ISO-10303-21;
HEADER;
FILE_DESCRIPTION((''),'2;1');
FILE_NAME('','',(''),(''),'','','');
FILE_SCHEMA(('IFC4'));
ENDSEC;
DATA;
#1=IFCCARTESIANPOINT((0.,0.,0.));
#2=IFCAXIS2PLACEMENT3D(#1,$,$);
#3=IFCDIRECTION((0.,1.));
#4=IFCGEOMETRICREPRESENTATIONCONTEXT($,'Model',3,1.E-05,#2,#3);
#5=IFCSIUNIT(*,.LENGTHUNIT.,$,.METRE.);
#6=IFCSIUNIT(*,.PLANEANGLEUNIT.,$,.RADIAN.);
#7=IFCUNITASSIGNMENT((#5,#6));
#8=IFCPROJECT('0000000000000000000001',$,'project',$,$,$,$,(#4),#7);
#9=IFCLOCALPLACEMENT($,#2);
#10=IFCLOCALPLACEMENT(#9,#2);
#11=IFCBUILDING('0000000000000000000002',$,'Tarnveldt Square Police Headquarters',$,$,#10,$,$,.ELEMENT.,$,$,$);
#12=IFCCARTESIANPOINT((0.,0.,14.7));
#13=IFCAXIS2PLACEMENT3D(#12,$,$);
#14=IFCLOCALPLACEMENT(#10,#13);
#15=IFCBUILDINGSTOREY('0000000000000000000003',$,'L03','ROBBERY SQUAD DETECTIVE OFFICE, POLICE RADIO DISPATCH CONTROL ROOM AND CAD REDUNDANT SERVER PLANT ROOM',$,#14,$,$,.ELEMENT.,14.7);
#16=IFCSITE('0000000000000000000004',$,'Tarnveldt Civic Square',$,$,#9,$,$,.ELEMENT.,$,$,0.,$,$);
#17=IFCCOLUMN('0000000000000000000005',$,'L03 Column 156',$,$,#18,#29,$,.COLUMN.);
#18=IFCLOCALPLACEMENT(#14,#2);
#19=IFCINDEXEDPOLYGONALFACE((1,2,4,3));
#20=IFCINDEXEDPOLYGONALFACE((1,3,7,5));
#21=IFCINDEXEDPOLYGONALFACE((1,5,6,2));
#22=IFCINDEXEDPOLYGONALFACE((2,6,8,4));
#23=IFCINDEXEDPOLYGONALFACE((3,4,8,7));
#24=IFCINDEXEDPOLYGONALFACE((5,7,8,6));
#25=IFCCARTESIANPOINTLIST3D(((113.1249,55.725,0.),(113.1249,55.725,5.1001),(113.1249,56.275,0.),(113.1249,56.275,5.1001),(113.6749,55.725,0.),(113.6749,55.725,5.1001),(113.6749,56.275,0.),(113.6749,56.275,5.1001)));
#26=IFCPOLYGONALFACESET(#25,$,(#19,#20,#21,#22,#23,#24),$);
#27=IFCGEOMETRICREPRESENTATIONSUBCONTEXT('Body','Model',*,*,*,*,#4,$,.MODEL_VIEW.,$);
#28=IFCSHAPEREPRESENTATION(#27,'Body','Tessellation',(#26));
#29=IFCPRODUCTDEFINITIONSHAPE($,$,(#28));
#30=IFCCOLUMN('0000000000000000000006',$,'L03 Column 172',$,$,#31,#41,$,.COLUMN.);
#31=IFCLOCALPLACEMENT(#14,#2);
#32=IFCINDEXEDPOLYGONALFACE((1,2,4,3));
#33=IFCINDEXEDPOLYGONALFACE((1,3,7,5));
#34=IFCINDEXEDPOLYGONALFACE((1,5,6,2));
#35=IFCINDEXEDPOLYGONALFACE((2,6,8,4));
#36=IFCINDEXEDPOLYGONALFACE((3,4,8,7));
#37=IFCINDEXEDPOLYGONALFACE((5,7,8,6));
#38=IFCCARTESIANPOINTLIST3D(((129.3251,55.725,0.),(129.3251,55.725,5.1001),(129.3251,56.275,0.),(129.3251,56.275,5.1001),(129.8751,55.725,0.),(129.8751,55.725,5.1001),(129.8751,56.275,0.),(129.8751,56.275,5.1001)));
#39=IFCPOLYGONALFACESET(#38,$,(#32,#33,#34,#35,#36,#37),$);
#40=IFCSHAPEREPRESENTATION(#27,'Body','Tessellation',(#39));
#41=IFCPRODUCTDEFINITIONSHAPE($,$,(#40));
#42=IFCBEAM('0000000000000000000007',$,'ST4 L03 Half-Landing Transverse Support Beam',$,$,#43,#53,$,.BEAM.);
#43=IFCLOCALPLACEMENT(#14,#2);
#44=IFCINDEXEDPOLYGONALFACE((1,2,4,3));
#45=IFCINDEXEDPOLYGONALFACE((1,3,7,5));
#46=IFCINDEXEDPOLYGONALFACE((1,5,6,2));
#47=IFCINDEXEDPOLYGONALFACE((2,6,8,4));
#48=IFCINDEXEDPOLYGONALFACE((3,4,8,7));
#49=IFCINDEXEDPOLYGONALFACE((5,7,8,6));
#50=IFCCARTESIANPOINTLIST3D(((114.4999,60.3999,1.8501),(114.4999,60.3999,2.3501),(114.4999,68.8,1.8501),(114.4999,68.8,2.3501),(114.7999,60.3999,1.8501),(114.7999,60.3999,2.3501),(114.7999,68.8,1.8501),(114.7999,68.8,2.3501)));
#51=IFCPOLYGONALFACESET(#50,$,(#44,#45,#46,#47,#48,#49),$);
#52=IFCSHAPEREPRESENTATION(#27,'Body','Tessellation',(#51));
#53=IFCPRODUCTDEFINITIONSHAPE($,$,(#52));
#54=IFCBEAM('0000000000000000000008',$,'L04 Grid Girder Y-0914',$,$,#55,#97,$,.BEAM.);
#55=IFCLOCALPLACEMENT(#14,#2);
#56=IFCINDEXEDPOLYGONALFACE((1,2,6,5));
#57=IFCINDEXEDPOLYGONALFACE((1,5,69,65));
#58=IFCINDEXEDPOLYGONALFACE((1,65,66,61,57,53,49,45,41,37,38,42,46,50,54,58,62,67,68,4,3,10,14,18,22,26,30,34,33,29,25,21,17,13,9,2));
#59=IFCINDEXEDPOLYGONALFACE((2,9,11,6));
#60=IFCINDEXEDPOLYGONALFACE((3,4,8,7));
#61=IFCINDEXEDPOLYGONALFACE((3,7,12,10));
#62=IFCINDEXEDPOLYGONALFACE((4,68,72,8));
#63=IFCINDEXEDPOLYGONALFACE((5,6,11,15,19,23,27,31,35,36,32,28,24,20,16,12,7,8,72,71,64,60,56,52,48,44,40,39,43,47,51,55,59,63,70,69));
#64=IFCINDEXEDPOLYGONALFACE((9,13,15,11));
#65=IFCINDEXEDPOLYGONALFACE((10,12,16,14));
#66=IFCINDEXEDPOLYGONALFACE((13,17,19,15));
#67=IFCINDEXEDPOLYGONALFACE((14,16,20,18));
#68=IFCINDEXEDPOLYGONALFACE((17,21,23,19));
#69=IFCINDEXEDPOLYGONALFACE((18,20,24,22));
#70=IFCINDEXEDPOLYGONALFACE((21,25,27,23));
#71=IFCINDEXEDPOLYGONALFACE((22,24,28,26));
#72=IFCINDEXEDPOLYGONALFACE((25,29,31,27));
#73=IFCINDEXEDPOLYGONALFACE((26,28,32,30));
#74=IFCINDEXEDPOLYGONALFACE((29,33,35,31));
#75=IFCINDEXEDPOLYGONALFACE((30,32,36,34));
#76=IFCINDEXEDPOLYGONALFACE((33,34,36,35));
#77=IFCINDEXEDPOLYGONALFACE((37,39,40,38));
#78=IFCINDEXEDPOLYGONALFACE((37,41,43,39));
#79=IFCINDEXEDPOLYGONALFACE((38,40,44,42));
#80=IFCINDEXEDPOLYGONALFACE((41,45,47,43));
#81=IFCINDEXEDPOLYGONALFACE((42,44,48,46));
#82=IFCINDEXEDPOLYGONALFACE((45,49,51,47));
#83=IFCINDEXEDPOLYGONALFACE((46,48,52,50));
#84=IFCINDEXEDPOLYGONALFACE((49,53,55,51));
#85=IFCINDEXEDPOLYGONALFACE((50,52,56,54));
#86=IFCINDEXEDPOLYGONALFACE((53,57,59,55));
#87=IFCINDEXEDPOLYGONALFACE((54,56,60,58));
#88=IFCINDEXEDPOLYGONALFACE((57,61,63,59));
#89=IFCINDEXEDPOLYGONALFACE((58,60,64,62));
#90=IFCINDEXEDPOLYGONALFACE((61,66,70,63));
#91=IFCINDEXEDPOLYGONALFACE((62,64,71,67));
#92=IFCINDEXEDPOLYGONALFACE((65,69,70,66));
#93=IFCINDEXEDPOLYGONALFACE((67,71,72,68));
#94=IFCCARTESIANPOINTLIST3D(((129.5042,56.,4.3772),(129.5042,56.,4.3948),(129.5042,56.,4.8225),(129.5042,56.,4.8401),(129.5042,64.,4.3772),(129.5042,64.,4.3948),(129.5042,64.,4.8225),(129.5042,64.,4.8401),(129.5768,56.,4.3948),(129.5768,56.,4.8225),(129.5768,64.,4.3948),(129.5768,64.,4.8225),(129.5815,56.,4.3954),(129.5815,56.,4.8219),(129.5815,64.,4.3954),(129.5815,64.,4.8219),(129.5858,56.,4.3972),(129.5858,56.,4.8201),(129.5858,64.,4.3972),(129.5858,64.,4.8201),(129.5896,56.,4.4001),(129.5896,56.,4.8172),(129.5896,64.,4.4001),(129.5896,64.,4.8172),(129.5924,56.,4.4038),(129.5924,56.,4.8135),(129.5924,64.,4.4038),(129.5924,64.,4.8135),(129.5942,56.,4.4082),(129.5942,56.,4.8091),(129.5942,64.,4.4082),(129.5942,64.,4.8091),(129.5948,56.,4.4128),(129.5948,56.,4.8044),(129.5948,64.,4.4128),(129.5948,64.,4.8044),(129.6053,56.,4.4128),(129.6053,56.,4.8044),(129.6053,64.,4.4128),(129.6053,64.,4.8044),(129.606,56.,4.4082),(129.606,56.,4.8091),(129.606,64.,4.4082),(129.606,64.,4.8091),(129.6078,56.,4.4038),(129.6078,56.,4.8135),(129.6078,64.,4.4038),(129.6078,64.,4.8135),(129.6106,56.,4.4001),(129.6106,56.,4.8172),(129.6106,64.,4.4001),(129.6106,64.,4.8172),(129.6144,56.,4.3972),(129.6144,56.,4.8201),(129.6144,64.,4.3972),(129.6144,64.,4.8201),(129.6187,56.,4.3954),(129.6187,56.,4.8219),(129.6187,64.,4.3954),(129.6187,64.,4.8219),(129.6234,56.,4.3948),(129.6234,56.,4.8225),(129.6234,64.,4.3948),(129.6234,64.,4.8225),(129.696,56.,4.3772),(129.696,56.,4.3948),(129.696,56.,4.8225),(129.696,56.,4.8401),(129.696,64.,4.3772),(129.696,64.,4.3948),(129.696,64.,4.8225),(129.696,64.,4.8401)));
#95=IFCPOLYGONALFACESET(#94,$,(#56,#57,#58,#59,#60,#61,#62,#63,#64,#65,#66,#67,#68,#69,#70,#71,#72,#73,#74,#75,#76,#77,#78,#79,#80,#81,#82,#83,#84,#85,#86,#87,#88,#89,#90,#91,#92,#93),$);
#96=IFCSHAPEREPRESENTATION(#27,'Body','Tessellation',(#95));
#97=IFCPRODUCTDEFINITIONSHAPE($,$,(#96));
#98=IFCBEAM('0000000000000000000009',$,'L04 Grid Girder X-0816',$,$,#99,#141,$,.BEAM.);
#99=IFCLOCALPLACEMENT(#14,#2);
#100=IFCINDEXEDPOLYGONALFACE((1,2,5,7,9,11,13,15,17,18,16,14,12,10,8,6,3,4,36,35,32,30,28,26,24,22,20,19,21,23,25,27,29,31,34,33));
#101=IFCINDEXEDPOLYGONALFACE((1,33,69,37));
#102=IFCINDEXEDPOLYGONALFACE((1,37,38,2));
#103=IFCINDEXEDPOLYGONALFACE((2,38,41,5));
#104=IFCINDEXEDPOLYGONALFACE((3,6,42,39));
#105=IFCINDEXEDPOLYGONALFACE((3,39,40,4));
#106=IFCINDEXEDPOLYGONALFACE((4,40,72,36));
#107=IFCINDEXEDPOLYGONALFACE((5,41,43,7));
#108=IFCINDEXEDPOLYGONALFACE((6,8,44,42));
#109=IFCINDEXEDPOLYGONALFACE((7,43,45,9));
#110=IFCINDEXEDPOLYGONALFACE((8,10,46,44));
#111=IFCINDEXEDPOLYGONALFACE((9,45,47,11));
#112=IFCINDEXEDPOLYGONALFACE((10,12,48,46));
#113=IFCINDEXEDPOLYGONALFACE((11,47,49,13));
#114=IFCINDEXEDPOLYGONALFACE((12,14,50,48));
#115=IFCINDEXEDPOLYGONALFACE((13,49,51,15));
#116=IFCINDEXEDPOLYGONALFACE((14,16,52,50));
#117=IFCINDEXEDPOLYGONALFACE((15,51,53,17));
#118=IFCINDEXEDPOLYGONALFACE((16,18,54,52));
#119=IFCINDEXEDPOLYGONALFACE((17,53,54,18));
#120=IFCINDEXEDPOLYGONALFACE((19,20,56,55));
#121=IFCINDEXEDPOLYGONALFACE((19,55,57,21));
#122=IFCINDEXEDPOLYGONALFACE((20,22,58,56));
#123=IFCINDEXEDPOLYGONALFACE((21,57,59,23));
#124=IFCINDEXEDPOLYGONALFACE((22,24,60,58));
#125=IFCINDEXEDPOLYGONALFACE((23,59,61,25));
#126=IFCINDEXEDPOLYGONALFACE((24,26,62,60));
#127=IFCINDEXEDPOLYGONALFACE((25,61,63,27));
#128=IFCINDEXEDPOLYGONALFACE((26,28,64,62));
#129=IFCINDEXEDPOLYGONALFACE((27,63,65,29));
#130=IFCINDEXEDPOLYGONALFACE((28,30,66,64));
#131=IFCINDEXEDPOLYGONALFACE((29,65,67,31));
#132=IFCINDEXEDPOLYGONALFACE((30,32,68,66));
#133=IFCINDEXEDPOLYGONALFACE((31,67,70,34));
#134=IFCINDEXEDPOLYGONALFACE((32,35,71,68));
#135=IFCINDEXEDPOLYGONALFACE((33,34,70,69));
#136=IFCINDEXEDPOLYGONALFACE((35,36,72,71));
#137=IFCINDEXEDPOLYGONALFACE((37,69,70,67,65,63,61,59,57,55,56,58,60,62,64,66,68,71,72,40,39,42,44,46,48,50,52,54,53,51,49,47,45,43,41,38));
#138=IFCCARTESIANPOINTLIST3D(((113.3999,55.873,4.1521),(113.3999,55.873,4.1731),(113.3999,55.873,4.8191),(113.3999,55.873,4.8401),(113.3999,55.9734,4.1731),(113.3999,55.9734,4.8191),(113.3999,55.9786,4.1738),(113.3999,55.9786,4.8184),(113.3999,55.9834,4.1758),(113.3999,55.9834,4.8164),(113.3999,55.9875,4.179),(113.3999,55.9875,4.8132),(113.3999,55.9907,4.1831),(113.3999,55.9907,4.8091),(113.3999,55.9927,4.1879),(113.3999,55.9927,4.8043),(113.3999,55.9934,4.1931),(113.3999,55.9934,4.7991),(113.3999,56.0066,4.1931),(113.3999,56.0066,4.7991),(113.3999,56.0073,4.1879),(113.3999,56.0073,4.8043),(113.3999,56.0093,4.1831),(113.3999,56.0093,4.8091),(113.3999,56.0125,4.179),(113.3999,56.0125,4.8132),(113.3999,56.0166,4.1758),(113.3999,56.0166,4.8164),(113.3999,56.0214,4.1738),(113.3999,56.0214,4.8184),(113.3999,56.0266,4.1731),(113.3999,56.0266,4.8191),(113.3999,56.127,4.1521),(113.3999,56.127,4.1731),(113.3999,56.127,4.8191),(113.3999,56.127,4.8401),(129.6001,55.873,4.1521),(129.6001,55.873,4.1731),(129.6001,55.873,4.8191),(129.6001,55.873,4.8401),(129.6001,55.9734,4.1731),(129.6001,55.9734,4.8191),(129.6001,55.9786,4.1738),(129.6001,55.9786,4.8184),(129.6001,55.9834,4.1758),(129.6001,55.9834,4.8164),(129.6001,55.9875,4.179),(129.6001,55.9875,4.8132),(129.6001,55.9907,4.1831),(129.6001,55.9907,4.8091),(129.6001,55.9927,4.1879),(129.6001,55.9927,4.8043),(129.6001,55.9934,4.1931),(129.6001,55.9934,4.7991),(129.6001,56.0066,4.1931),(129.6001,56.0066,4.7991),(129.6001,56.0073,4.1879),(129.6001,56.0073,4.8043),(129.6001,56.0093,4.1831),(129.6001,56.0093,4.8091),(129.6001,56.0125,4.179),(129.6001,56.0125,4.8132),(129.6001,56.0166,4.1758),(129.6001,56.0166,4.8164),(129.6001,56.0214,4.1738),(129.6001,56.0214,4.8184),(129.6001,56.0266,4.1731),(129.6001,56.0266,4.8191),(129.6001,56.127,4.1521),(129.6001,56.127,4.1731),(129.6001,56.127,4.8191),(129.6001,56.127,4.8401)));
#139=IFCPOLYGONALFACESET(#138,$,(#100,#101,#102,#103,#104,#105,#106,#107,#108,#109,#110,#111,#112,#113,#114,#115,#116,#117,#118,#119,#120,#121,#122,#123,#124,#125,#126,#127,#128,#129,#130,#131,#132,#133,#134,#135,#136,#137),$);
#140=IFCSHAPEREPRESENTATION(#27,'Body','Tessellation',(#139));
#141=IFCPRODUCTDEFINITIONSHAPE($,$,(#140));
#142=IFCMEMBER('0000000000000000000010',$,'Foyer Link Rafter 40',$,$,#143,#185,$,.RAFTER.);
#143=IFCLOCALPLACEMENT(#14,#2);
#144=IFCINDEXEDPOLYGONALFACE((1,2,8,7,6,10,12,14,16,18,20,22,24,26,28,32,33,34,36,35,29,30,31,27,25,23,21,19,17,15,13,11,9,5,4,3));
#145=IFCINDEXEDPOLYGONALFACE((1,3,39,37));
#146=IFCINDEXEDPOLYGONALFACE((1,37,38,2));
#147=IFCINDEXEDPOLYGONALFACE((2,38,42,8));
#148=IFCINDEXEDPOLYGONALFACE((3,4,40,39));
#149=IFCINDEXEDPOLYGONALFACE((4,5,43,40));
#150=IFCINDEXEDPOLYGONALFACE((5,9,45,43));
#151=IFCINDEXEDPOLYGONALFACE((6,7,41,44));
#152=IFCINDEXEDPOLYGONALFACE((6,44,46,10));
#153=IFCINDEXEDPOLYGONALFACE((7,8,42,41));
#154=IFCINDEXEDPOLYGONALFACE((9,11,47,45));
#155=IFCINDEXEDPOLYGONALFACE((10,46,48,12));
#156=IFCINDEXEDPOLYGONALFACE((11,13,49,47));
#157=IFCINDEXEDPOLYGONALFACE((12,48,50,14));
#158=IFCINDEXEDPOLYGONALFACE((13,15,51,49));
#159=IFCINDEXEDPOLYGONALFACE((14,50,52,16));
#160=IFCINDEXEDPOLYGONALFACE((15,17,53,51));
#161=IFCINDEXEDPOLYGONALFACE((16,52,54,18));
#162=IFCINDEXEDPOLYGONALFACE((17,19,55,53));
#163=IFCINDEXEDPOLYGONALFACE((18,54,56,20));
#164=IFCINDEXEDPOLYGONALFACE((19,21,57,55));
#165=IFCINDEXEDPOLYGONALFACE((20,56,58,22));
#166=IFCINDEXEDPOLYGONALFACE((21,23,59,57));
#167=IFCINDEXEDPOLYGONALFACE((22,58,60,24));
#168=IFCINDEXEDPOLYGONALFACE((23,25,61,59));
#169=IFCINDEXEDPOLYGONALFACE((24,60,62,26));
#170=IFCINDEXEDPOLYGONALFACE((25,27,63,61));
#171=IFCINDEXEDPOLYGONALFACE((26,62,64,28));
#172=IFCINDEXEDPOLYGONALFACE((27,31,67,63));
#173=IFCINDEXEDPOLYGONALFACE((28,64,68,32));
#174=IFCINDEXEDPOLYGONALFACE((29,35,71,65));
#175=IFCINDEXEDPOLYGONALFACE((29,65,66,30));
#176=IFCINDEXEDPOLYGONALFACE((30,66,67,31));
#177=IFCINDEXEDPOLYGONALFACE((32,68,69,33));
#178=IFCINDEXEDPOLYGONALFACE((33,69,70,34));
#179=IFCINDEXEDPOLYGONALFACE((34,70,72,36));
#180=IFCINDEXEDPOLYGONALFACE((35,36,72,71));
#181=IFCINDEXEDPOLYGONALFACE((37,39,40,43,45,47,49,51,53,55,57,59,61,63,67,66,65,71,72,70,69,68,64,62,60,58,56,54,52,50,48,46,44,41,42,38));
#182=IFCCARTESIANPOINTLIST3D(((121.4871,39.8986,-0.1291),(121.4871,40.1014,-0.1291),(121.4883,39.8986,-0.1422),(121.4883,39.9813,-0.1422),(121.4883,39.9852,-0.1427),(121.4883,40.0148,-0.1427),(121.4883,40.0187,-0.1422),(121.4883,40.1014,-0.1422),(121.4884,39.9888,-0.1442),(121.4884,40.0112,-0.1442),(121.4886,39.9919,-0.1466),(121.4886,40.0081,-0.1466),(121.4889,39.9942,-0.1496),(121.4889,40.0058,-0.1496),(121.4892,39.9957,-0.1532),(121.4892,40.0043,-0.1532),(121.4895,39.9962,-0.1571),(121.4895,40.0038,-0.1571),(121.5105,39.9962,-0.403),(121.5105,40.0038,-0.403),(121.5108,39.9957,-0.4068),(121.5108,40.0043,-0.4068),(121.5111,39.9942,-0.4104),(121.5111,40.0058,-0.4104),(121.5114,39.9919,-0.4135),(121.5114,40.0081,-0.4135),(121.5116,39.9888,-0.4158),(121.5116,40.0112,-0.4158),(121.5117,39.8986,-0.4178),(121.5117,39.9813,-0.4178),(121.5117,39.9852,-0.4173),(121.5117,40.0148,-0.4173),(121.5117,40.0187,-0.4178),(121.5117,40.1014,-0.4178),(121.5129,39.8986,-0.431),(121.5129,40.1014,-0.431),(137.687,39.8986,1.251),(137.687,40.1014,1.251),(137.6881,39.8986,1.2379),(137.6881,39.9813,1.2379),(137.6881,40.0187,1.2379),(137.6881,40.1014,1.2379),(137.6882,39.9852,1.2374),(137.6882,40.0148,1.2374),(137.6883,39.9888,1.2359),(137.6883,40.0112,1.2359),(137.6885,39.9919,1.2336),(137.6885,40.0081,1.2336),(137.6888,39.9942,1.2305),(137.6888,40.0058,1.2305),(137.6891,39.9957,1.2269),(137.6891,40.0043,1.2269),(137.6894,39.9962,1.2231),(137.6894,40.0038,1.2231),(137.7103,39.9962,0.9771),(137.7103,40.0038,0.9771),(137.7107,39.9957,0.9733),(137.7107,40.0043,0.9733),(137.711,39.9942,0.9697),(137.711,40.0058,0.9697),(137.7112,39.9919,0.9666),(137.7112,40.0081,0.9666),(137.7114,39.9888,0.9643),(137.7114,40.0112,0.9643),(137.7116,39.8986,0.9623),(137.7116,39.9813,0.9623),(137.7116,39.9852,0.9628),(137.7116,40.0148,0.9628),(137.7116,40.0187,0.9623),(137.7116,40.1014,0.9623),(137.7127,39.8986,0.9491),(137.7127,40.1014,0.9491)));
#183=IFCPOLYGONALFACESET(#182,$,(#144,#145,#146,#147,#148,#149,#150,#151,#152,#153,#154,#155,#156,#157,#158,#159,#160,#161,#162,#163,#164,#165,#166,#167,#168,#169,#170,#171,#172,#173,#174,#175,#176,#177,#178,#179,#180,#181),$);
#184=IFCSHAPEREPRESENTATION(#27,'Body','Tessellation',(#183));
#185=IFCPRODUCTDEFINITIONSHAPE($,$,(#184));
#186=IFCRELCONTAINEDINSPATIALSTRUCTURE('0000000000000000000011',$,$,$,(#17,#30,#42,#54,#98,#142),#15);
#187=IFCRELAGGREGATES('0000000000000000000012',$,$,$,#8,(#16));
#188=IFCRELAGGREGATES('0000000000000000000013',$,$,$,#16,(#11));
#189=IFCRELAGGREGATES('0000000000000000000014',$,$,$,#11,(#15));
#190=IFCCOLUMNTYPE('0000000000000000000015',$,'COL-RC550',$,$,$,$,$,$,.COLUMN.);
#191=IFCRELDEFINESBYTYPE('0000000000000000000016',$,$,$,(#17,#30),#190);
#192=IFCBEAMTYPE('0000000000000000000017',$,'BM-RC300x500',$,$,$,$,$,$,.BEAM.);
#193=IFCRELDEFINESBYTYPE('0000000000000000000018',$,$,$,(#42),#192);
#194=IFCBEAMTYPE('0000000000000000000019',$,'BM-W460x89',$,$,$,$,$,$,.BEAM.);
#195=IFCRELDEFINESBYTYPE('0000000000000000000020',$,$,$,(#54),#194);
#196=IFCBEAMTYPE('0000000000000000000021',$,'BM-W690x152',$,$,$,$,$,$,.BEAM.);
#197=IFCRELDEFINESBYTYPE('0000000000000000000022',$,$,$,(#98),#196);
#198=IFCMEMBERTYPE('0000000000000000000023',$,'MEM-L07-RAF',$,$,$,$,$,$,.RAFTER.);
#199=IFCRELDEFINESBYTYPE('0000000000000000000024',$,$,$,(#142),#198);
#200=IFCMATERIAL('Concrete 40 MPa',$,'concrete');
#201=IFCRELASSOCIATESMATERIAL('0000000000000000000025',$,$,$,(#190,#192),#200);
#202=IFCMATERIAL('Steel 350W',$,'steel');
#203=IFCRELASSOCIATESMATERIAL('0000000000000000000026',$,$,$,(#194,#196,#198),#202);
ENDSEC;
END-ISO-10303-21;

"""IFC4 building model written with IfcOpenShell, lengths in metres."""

from ifc_helpers import new_model, si_unit, direction, frame, origin, origin_2d, place, context, subcontext, project, spatial, rectangle, i_section, extrude, material, material_profile, profile_set, type_object, element, save


model = new_model("IFC4")

# Units and contexts
model_context = context("Model", 3, precision=1e-05, world=origin(), true_north=direction((0.0, 1.0)))
body_context = subcontext(model_context, "Body", "Model", "MODEL_VIEW")
ifc_project = project(units=[si_unit("LENGTHUNIT", "METRE"), si_unit("PLANEANGLEUNIT", "RADIAN")], contexts=[model_context])

# Site, building, storey
site_placement = place(None, origin())
site = spatial("IfcSite", under=ifc_project, at=site_placement, Name="Tarnveldt Civic Square", CompositionType="ELEMENT", RefElevation=0.0)
building_placement = place(site_placement, origin())
building = spatial("IfcBuilding", under=site, at=building_placement, Name="Tarnveldt Square Police Headquarters", CompositionType="ELEMENT")
storey_placement = place(building_placement, frame((0.0, 0.0, 14.7)))
storey = spatial("IfcBuildingStorey", under=building, at=storey_placement, Name="L03", Description="ROBBERY SQUAD DETECTIVE OFFICE, POLICE RADIO DISPATCH CONTROL ROOM AND CAD REDUNDANT SERVER PLANT ROOM", CompositionType="ELEMENT", Elevation=14.7)

# Columns
ifc_material_1 = material(Name="Concrete 40 MPa", Category="concrete")
ifc_material_profile_1 = material_profile(ifc_material_1, rectangle(XDim=0.55, YDim=0.55, at=origin_2d()), Name="RC-C550x550")
ifc_profile_set_1 = profile_set([ifc_material_profile_1], Name="Concrete 40 MPa")
column_type = type_object("IfcColumnType", Name="COL-RC550", PredefinedType="COLUMN", material=ifc_profile_set_1)
for number, where, z_axis, x_axis, name in (
    (1, (113.3999, 56.0, 0.0), (0.0, 0.0, 1.0), (1.0, 0.0, 0.0), "L03 Column 156"),
    (2, (129.6001, 56.0, 0.0), (0.0, 0.0, 1.0), (1.0, 0.0, 0.0), "L03 Column 172"),
):
    element("IfcColumn", number, at=place(storey_placement, frame(where, z_axis=z_axis, x_axis=x_axis)), inside=storey, type_object=column_type, Name=name, PredefinedType="COLUMN", context=body_context, shape_type="SweptSolid", body=[
        extrude(rectangle(XDim=0.55, YDim=0.55, at=origin_2d()), origin(), (0.0, 0.0, 1.0), 5.1001),
    ])

# Beams
ifc_material_profile_2 = material_profile(ifc_material_1, rectangle(XDim=0.3, YDim=0.5, at=origin_2d()), Name="RC-B300x500")
ifc_profile_set_2 = profile_set([ifc_material_profile_2], Name="Concrete 40 MPa")
beam_type_1 = type_object("IfcBeamType", Name="BM-RC300x500", PredefinedType="BEAM", material=ifc_profile_set_2)
beam_1_placement = place(storey_placement, frame((114.6499, 60.3999, 2.1001), z_axis=(0.0, 1.0, 0.0), x_axis=(-1.0, 0.0, 0.0)))
element("IfcBeam", 3, at=beam_1_placement, inside=storey, type_object=beam_type_1, Name="ST4 L03 Half-Landing Transverse Support Beam", PredefinedType="BEAM", context=body_context, shape_type="SweptSolid", body=[
    extrude(rectangle(XDim=0.3, YDim=0.5, at=origin_2d()), origin(), (0.0, 0.0, 1.0), 8.4001),
])
ifc_material_2 = material(Name="Steel 350W", Category="steel")
ifc_material_profile_3 = material_profile(ifc_material_2, i_section(OverallWidth=0.1919, OverallDepth=0.4629, WebThickness=0.0105, FlangeThickness=0.0176, FilletRadius=0.0181, at=origin_2d()), Name="W460x89")
ifc_profile_set_3 = profile_set([ifc_material_profile_3], Name="Steel 350W")
beam_type_2 = type_object("IfcBeamType", Name="BM-W460x89", PredefinedType="BEAM", material=ifc_profile_set_3)
beam_2_placement = place(storey_placement, frame((129.6001, 56.0, 4.6086), z_axis=(0.0, 1.0, 0.0), x_axis=(-1.0, 0.0, 0.0)))
element("IfcBeam", 4, at=beam_2_placement, inside=storey, type_object=beam_type_2, Name="L04 Grid Girder Y-0914", PredefinedType="BEAM", context=body_context, shape_type="SweptSolid", body=[
    extrude(i_section(OverallWidth=0.1919, OverallDepth=0.4629, WebThickness=0.0105, FlangeThickness=0.0176, FilletRadius=0.0181, at=origin_2d()), origin(), (0.0, 0.0, 1.0), 8.0),
])
ifc_material_profile_4 = material_profile(ifc_material_2, i_section(OverallWidth=0.2539, OverallDepth=0.688, WebThickness=0.0132, FlangeThickness=0.021, FilletRadius=0.02, at=origin_2d()), Name="W690x152")
ifc_profile_set_4 = profile_set([ifc_material_profile_4], Name="Steel 350W")
beam_type_3 = type_object("IfcBeamType", Name="BM-W690x152", PredefinedType="BEAM", material=ifc_profile_set_4)
beam_3_placement = place(storey_placement, frame((113.3999, 56.0, 4.4961), z_axis=(1.0, 0.0, 0.0), x_axis=(0.0, 1.0, 0.0)))
element("IfcBeam", 5, at=beam_3_placement, inside=storey, type_object=beam_type_3, Name="L04 Grid Girder X-0816", PredefinedType="BEAM", context=body_context, shape_type="SweptSolid", body=[
    extrude(i_section(OverallWidth=0.2539, OverallDepth=0.688, WebThickness=0.0132, FlangeThickness=0.021, FilletRadius=0.02, at=origin_2d()), origin(), (0.0, 0.0, 1.0), 16.2002),
])

# Member
ifc_material_profile_5 = material_profile(ifc_material_2, i_section(OverallWidth=0.2029, OverallDepth=0.303, WebThickness=0.0076, FlangeThickness=0.0132, FilletRadius=0.0149, at=origin_2d()), Name="W310x60")
ifc_profile_set_5 = profile_set([ifc_material_profile_5], Name="Steel 350W")
member_type = type_object("IfcMemberType", Name="MEM-L07-RAF", PredefinedType="RAFTER", material=ifc_profile_set_5)
member_placement = place(storey_placement, frame((121.5, 40.0, -0.28), z_axis=(0.996391, 0.0, 0.084886), x_axis=(0.0, 1.0, 0.0)))
element("IfcMember", 6, at=member_placement, inside=storey, type_object=member_type, Name="Foyer Link Rafter 40", PredefinedType="RAFTER", context=body_context, shape_type="SweptSolid", body=[
    extrude(i_section(OverallWidth=0.2029, OverallDepth=0.303, WebThickness=0.0076, FlangeThickness=0.0132, FilletRadius=0.0149, at=origin_2d()), origin(), (0.0, 0.0, 1.0), 16.2585),
])

save(model, "model.ifc")
